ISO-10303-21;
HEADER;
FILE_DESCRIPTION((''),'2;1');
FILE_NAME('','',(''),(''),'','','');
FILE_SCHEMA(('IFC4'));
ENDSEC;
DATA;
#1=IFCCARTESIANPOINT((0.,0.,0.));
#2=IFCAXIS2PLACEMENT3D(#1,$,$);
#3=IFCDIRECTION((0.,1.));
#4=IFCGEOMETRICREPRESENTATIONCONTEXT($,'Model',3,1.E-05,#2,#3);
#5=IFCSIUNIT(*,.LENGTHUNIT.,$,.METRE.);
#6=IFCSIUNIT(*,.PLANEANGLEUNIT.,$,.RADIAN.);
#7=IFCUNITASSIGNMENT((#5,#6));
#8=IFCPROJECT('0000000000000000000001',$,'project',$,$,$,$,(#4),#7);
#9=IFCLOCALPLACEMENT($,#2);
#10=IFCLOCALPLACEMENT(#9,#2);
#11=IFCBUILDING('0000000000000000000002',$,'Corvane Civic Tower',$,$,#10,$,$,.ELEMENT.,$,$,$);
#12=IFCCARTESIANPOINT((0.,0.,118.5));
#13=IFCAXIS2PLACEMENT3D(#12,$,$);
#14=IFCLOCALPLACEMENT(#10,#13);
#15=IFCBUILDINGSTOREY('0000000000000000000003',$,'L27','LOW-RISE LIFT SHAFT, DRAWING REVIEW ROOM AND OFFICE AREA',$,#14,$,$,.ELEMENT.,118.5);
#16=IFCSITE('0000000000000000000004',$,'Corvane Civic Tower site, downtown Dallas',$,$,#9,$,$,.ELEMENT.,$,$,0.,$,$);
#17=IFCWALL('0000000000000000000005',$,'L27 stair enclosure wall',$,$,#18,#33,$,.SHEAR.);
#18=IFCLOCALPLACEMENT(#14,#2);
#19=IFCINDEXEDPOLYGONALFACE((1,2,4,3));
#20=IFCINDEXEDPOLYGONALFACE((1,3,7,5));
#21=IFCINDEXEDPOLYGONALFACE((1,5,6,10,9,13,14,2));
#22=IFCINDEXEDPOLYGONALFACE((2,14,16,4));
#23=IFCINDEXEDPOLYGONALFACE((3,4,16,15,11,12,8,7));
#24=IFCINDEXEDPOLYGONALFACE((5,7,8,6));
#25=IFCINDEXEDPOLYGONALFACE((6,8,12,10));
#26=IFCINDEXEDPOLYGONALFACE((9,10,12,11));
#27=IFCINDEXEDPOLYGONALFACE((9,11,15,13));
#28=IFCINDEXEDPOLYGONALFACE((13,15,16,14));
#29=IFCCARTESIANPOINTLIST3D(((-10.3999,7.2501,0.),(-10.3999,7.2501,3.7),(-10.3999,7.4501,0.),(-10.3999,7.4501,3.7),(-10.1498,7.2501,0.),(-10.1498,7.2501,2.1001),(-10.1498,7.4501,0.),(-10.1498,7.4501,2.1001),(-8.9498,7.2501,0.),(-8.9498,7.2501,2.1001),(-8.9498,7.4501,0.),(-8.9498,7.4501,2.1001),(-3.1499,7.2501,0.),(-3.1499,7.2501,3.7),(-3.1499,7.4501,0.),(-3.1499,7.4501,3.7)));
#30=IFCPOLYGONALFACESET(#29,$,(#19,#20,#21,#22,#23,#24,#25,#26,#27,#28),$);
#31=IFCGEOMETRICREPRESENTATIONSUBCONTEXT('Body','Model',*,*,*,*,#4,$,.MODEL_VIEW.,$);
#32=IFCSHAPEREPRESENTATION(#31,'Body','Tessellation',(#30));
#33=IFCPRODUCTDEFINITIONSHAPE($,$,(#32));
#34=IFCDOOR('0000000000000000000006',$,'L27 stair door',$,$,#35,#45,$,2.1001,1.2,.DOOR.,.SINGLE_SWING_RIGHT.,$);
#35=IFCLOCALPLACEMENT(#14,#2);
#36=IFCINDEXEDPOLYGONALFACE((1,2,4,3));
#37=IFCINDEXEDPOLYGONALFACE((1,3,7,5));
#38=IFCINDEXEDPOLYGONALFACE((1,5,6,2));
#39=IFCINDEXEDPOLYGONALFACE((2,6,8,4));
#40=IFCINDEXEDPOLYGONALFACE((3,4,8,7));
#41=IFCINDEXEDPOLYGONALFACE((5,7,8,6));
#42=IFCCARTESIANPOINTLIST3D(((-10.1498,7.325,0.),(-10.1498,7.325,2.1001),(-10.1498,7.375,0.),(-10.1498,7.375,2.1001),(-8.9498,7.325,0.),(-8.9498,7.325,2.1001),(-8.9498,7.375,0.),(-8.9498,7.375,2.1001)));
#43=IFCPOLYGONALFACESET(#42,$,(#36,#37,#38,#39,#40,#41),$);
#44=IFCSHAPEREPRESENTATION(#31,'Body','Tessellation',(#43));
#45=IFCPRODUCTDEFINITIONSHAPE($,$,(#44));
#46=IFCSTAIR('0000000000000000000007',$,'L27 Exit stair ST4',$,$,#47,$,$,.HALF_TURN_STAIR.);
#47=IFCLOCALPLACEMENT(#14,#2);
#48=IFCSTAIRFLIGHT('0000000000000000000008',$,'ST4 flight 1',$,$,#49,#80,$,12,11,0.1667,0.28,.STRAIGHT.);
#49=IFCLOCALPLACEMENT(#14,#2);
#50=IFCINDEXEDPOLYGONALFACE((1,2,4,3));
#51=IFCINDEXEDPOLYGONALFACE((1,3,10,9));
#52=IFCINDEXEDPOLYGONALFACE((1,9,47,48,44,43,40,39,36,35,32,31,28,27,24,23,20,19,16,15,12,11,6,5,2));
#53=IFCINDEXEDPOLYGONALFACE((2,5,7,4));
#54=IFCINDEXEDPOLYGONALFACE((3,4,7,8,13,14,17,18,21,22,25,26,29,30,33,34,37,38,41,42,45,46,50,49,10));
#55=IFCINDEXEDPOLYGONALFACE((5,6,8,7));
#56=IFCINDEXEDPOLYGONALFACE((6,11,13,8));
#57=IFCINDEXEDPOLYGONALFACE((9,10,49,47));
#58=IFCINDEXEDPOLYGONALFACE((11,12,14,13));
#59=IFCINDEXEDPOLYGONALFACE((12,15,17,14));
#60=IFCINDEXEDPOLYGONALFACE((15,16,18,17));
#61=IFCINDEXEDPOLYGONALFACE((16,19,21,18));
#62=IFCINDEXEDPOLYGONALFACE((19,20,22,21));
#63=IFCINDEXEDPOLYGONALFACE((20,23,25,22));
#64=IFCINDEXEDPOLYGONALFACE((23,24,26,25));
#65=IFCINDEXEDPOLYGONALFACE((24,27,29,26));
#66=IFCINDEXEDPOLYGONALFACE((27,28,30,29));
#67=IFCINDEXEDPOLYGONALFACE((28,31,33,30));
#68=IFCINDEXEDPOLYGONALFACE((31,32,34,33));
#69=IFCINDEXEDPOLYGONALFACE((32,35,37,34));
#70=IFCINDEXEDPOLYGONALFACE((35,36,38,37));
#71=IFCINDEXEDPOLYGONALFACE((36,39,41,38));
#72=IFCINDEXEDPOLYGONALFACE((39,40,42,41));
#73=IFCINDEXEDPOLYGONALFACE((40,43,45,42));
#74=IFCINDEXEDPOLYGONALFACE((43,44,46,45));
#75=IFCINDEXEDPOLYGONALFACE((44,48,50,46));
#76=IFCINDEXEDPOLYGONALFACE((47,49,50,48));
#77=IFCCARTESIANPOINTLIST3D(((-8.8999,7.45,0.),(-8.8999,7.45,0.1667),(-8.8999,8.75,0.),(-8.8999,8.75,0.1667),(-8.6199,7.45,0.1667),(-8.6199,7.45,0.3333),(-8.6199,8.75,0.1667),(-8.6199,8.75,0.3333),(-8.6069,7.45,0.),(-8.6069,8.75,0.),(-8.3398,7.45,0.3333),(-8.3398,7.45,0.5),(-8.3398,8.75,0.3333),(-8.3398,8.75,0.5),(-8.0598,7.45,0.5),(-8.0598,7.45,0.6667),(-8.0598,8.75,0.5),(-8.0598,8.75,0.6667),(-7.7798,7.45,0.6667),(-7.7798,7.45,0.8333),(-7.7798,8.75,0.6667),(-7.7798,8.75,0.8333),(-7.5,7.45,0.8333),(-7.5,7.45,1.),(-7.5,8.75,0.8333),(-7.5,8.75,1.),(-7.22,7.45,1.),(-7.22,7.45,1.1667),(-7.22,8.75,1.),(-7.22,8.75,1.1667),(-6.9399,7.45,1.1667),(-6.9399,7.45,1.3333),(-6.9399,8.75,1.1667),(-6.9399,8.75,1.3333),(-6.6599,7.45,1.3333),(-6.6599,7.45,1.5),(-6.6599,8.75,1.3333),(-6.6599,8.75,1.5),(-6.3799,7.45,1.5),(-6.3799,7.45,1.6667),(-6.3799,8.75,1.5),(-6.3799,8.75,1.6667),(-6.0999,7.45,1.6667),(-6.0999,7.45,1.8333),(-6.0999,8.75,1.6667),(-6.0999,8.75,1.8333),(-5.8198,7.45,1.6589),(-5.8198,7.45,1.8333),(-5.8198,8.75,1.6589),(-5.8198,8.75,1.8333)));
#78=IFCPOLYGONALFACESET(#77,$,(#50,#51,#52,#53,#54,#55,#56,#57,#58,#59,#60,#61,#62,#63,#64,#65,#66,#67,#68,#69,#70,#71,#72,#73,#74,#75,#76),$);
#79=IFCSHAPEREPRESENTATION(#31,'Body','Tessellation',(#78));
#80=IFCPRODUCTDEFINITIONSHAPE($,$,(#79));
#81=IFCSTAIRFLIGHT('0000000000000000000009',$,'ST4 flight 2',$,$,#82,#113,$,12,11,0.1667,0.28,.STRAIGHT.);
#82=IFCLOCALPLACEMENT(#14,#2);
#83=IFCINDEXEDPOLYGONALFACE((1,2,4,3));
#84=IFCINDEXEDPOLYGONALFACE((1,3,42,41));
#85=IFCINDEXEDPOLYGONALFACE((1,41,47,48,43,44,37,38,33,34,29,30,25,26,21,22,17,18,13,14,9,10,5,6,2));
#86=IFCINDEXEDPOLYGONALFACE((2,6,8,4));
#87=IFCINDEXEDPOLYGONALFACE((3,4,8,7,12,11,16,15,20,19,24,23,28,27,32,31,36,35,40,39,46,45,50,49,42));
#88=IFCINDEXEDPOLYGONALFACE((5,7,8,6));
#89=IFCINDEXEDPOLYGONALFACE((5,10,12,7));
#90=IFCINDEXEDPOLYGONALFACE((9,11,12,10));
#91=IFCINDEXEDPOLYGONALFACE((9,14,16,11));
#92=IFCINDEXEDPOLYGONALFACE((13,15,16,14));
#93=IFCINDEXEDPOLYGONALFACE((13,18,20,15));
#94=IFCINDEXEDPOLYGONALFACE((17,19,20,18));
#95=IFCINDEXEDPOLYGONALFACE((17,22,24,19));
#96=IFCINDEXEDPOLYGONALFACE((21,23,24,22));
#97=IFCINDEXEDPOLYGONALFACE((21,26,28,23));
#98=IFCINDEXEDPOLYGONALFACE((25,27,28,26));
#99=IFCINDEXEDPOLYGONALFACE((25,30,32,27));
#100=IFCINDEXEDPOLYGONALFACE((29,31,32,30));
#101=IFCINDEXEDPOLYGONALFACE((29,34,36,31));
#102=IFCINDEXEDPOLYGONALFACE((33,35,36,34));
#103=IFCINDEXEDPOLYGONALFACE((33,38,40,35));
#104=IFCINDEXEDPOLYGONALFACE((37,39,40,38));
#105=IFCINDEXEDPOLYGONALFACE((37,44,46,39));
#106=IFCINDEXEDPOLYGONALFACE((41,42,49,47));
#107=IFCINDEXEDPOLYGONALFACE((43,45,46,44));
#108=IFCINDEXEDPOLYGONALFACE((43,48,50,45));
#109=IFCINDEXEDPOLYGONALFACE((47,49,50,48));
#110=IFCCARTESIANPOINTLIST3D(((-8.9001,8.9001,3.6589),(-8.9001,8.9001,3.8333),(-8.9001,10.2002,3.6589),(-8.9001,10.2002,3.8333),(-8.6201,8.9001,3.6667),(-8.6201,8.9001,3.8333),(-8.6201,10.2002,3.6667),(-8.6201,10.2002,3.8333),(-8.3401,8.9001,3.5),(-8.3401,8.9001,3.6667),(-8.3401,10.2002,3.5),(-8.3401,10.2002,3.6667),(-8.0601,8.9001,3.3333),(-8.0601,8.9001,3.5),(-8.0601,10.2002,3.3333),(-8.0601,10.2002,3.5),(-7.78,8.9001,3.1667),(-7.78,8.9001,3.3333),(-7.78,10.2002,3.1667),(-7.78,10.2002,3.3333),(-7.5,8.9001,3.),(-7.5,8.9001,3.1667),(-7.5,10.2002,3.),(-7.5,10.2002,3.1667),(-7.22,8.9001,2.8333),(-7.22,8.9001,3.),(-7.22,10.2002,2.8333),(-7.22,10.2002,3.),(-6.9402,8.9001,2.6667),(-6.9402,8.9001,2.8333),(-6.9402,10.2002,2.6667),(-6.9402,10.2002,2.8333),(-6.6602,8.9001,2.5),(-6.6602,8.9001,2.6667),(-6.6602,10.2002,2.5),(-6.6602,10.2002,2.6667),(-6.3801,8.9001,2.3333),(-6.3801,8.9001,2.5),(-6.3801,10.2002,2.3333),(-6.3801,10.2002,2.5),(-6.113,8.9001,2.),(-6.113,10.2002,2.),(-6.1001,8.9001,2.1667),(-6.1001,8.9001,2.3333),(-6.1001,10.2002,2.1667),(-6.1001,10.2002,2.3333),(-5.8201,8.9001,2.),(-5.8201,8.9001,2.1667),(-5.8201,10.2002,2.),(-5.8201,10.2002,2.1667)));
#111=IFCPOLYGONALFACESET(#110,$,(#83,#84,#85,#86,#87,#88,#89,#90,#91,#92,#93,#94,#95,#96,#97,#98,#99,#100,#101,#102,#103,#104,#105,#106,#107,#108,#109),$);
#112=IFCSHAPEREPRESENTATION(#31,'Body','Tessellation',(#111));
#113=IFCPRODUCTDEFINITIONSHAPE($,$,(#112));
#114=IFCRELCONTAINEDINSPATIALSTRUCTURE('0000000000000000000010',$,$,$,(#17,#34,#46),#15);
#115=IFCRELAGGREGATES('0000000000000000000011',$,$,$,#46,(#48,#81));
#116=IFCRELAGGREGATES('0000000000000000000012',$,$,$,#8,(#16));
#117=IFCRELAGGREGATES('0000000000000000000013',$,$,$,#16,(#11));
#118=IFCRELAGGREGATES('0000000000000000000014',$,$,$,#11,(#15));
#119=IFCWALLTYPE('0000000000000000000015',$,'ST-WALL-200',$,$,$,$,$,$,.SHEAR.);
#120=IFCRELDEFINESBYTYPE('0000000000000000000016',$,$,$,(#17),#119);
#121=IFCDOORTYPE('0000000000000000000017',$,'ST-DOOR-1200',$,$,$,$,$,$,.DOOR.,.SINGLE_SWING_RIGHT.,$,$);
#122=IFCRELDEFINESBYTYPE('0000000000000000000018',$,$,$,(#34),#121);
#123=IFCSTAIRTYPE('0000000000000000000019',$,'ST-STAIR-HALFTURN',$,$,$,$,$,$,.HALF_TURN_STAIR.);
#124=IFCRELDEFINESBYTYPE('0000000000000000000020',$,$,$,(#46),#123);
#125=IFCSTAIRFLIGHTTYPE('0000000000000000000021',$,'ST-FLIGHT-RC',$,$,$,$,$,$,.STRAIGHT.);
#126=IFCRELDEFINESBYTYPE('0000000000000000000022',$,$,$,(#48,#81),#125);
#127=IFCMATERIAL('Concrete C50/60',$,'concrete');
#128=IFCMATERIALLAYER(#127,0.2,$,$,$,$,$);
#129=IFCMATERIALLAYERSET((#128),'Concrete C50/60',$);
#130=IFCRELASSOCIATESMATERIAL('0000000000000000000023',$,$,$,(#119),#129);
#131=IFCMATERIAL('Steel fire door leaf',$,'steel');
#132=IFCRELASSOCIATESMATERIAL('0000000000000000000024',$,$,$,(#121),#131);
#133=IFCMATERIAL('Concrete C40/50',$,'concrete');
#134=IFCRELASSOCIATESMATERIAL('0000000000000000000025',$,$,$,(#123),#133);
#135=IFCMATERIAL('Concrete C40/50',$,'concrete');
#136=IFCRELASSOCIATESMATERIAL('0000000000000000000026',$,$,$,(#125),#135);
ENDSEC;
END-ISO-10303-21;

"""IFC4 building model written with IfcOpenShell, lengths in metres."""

from ifc_helpers import new_model, si_unit, direction, frame, frame_2d, origin, place, context, subcontext, project, spatial, polyline, rectangle, outline, extrude, material, layer, layer_set, type_object, element, fill, aggregate, save


model = new_model("IFC4")

# Units and contexts
model_context = context("Model", 3, precision=1e-05, world=origin(), true_north=direction((0.0, 1.0)))
body_context = subcontext(model_context, "Body", "Model", "MODEL_VIEW")
ifc_project = project(units=[si_unit("LENGTHUNIT", "METRE"), si_unit("PLANEANGLEUNIT", "RADIAN")], contexts=[model_context])

# Site, building, storey
site_placement = place(None, origin())
site = spatial("IfcSite", under=ifc_project, at=site_placement, Name="Corvane Civic Tower site, downtown Dallas", CompositionType="ELEMENT", RefElevation=0.0)
building_placement = place(site_placement, origin())
building = spatial("IfcBuilding", under=site, at=building_placement, Name="Corvane Civic Tower", CompositionType="ELEMENT")
storey_placement = place(building_placement, frame((0.0, 0.0, 118.5)))
storey = spatial("IfcBuildingStorey", under=building, at=storey_placement, Name="L27", Description="LOW-RISE LIFT SHAFT, DRAWING REVIEW ROOM AND OFFICE AREA", CompositionType="ELEMENT", Elevation=118.5)

# Wall, opening, door
ifc_material_1 = material(Name="Concrete C50/60", Category="concrete")
ifc_layer_1 = layer(ifc_material_1, 0.2)
ifc_layer_set_1 = layer_set([ifc_layer_1], Name="Concrete C50/60")
wall_type_1 = type_object("IfcWallType", Name="ST-WALL-200", PredefinedType="SHEAR", material=ifc_layer_set_1)
wall_1_placement = place(storey_placement, frame((-10.3999, 7.3501, 0.0), z_axis=(0.0, 0.0, 1.0), x_axis=(1.0, 0.0, 0.0)))
wall_1 = element("IfcWall", 1, at=wall_1_placement, inside=storey, type_object=wall_type_1, Name="L27 stair enclosure wall", PredefinedType="SHEAR", context=body_context, shape_type="SweptSolid", body=[
    extrude(rectangle(XDim=7.25, YDim=0.2, at=frame_2d((3.625, 0.0))), origin(), (0.0, 0.0, 1.0), 3.7),
])
opening_1_placement = place(wall_1_placement, frame((0.25, 0.0, 0.0)))
opening_1 = element("IfcOpeningElement", 2, at=opening_1_placement, cuts=wall_1, PredefinedType="OPENING", context=body_context, shape_type="SweptSolid", body=[
    extrude(rectangle(XDim=1.2, YDim=2.1001, at=frame_2d((0.6001, 1.05))), frame((0.0, 0.1099, 0.0), z_axis=(0.0, -1.0, 0.0), x_axis=(1.0, 0.0, 0.0)), (0.0, 0.0, 1.0), 0.22),
])
ifc_material_2 = material(Name="Steel fire door leaf", Category="steel")
door_type_1 = type_object("IfcDoorType", Name="ST-DOOR-1200", OperationType="SINGLE_SWING_RIGHT", PredefinedType="DOOR", material=ifc_material_2)
door_1_placement = place(opening_1_placement, origin())
door_1 = element("IfcDoor", 3, at=door_1_placement, inside=storey, type_object=door_type_1, Name="L27 stair door", OperationType="SINGLE_SWING_RIGHT", OverallHeight=2.1001, OverallWidth=1.2, PredefinedType="DOOR", context=body_context, shape_type="SweptSolid", body=[
    extrude(rectangle(XDim=1.2, YDim=2.1001, at=frame_2d((0.6001, 1.05))), frame((0.0, 0.0249, 0.0), z_axis=(0.0, -1.0, 0.0), x_axis=(1.0, 0.0, 0.0)), (0.0, 0.0, 1.0), 0.05),
])
fill(opening_1, door_1)

# Stair, stair flights
ifc_material_3 = material(Name="Concrete C40/50", Category="concrete")
stair_type = type_object("IfcStairType", Name="ST-STAIR-HALFTURN", PredefinedType="HALF_TURN_STAIR", material=ifc_material_3)
stair_placement = place(storey_placement, origin())
stair = element("IfcStair", 4, at=stair_placement, inside=storey, type_object=stair_type, Name="L27 Exit stair ST4", PredefinedType="HALF_TURN_STAIR")
ifc_material_4 = material(Name="Concrete C40/50", Category="concrete")
stair_flight_type = type_object("IfcStairFlightType", Name="ST-FLIGHT-RC", PredefinedType="STRAIGHT", material=ifc_material_4)
stair_flight_1_placement = place(storey_placement, frame((-8.8999, 8.1001, 0.0), z_axis=(0.0, 0.0, 1.0), x_axis=(1.0, 0.0, 0.0)))
stair_flight_1 = element("IfcStairFlight", 5, at=stair_flight_1_placement, type_object=stair_flight_type, Name="ST4 flight 1", NumberOfRisers=12, NumberOfTreads=11, PredefinedType="STRAIGHT", RiserHeight=0.1667, TreadLength=0.28, context=body_context, shape_type="SweptSolid", body=[
    extrude(outline(polyline([(0.0, 0.0), (0.0, 0.1667), (0.28, 0.1667), (0.28, 0.3333), (0.5601, 0.3333), (0.5601, 0.5), (0.8401, 0.5), (0.8401, 0.6667), (1.1201, 0.6667), (1.1201, 0.8333), (1.3999, 0.8333), (1.3999, 1.0), (1.6799, 1.0), (1.6799, 1.1667), (1.96, 1.1667), (1.96, 1.3333), (2.24, 1.3333), (2.24, 1.5), (2.52, 1.5), (2.52, 1.6667), (2.8, 1.6667), (2.8, 1.8333), (3.0801, 1.8333), (3.0801, 2.0), (3.0801, 1.6589), (0.293, 0.0), (0.0, 0.0)])), frame((0.0, 0.6499, 0.0), z_axis=(0.0, -1.0, 0.0), x_axis=(1.0, 0.0, 0.0)), (0.0, 0.0, 1.0), 1.3),
])
stair_flight_2_placement = place(storey_placement, frame((-5.8201, 9.55, 2.0), z_axis=(0.0, 0.0, 1.0), x_axis=(-1.0, 0.0, 0.0)))
stair_flight_2 = element("IfcStairFlight", 6, at=stair_flight_2_placement, type_object=stair_flight_type, Name="ST4 flight 2", NumberOfRisers=12, NumberOfTreads=11, PredefinedType="STRAIGHT", RiserHeight=0.1667, TreadLength=0.28, context=body_context, shape_type="SweptSolid", body=[
    extrude(outline(polyline([(0.0, 0.0), (0.0, 0.1667), (0.28, 0.1667), (0.28, 0.3333), (0.5601, 0.3333), (0.5601, 0.5), (0.8401, 0.5), (0.8401, 0.6667), (1.1201, 0.6667), (1.1201, 0.8333), (1.3999, 0.8333), (1.3999, 1.0), (1.6799, 1.0), (1.6799, 1.1667), (1.96, 1.1667), (1.96, 1.3333), (2.24, 1.3333), (2.24, 1.5), (2.52, 1.5), (2.52, 1.6667), (2.8, 1.6667), (2.8, 1.8333), (3.0801, 1.8333), (3.0801, 2.0), (3.0801, 1.6589), (0.293, 0.0), (0.0, 0.0)])), frame((0.0, 0.6499, 0.0), z_axis=(0.0, -1.0, 0.0), x_axis=(1.0, 0.0, 0.0)), (0.0, 0.0, 1.0), 1.3),
])
aggregate(stair, [stair_flight_1, stair_flight_2])

save(model, "model.ifc")
